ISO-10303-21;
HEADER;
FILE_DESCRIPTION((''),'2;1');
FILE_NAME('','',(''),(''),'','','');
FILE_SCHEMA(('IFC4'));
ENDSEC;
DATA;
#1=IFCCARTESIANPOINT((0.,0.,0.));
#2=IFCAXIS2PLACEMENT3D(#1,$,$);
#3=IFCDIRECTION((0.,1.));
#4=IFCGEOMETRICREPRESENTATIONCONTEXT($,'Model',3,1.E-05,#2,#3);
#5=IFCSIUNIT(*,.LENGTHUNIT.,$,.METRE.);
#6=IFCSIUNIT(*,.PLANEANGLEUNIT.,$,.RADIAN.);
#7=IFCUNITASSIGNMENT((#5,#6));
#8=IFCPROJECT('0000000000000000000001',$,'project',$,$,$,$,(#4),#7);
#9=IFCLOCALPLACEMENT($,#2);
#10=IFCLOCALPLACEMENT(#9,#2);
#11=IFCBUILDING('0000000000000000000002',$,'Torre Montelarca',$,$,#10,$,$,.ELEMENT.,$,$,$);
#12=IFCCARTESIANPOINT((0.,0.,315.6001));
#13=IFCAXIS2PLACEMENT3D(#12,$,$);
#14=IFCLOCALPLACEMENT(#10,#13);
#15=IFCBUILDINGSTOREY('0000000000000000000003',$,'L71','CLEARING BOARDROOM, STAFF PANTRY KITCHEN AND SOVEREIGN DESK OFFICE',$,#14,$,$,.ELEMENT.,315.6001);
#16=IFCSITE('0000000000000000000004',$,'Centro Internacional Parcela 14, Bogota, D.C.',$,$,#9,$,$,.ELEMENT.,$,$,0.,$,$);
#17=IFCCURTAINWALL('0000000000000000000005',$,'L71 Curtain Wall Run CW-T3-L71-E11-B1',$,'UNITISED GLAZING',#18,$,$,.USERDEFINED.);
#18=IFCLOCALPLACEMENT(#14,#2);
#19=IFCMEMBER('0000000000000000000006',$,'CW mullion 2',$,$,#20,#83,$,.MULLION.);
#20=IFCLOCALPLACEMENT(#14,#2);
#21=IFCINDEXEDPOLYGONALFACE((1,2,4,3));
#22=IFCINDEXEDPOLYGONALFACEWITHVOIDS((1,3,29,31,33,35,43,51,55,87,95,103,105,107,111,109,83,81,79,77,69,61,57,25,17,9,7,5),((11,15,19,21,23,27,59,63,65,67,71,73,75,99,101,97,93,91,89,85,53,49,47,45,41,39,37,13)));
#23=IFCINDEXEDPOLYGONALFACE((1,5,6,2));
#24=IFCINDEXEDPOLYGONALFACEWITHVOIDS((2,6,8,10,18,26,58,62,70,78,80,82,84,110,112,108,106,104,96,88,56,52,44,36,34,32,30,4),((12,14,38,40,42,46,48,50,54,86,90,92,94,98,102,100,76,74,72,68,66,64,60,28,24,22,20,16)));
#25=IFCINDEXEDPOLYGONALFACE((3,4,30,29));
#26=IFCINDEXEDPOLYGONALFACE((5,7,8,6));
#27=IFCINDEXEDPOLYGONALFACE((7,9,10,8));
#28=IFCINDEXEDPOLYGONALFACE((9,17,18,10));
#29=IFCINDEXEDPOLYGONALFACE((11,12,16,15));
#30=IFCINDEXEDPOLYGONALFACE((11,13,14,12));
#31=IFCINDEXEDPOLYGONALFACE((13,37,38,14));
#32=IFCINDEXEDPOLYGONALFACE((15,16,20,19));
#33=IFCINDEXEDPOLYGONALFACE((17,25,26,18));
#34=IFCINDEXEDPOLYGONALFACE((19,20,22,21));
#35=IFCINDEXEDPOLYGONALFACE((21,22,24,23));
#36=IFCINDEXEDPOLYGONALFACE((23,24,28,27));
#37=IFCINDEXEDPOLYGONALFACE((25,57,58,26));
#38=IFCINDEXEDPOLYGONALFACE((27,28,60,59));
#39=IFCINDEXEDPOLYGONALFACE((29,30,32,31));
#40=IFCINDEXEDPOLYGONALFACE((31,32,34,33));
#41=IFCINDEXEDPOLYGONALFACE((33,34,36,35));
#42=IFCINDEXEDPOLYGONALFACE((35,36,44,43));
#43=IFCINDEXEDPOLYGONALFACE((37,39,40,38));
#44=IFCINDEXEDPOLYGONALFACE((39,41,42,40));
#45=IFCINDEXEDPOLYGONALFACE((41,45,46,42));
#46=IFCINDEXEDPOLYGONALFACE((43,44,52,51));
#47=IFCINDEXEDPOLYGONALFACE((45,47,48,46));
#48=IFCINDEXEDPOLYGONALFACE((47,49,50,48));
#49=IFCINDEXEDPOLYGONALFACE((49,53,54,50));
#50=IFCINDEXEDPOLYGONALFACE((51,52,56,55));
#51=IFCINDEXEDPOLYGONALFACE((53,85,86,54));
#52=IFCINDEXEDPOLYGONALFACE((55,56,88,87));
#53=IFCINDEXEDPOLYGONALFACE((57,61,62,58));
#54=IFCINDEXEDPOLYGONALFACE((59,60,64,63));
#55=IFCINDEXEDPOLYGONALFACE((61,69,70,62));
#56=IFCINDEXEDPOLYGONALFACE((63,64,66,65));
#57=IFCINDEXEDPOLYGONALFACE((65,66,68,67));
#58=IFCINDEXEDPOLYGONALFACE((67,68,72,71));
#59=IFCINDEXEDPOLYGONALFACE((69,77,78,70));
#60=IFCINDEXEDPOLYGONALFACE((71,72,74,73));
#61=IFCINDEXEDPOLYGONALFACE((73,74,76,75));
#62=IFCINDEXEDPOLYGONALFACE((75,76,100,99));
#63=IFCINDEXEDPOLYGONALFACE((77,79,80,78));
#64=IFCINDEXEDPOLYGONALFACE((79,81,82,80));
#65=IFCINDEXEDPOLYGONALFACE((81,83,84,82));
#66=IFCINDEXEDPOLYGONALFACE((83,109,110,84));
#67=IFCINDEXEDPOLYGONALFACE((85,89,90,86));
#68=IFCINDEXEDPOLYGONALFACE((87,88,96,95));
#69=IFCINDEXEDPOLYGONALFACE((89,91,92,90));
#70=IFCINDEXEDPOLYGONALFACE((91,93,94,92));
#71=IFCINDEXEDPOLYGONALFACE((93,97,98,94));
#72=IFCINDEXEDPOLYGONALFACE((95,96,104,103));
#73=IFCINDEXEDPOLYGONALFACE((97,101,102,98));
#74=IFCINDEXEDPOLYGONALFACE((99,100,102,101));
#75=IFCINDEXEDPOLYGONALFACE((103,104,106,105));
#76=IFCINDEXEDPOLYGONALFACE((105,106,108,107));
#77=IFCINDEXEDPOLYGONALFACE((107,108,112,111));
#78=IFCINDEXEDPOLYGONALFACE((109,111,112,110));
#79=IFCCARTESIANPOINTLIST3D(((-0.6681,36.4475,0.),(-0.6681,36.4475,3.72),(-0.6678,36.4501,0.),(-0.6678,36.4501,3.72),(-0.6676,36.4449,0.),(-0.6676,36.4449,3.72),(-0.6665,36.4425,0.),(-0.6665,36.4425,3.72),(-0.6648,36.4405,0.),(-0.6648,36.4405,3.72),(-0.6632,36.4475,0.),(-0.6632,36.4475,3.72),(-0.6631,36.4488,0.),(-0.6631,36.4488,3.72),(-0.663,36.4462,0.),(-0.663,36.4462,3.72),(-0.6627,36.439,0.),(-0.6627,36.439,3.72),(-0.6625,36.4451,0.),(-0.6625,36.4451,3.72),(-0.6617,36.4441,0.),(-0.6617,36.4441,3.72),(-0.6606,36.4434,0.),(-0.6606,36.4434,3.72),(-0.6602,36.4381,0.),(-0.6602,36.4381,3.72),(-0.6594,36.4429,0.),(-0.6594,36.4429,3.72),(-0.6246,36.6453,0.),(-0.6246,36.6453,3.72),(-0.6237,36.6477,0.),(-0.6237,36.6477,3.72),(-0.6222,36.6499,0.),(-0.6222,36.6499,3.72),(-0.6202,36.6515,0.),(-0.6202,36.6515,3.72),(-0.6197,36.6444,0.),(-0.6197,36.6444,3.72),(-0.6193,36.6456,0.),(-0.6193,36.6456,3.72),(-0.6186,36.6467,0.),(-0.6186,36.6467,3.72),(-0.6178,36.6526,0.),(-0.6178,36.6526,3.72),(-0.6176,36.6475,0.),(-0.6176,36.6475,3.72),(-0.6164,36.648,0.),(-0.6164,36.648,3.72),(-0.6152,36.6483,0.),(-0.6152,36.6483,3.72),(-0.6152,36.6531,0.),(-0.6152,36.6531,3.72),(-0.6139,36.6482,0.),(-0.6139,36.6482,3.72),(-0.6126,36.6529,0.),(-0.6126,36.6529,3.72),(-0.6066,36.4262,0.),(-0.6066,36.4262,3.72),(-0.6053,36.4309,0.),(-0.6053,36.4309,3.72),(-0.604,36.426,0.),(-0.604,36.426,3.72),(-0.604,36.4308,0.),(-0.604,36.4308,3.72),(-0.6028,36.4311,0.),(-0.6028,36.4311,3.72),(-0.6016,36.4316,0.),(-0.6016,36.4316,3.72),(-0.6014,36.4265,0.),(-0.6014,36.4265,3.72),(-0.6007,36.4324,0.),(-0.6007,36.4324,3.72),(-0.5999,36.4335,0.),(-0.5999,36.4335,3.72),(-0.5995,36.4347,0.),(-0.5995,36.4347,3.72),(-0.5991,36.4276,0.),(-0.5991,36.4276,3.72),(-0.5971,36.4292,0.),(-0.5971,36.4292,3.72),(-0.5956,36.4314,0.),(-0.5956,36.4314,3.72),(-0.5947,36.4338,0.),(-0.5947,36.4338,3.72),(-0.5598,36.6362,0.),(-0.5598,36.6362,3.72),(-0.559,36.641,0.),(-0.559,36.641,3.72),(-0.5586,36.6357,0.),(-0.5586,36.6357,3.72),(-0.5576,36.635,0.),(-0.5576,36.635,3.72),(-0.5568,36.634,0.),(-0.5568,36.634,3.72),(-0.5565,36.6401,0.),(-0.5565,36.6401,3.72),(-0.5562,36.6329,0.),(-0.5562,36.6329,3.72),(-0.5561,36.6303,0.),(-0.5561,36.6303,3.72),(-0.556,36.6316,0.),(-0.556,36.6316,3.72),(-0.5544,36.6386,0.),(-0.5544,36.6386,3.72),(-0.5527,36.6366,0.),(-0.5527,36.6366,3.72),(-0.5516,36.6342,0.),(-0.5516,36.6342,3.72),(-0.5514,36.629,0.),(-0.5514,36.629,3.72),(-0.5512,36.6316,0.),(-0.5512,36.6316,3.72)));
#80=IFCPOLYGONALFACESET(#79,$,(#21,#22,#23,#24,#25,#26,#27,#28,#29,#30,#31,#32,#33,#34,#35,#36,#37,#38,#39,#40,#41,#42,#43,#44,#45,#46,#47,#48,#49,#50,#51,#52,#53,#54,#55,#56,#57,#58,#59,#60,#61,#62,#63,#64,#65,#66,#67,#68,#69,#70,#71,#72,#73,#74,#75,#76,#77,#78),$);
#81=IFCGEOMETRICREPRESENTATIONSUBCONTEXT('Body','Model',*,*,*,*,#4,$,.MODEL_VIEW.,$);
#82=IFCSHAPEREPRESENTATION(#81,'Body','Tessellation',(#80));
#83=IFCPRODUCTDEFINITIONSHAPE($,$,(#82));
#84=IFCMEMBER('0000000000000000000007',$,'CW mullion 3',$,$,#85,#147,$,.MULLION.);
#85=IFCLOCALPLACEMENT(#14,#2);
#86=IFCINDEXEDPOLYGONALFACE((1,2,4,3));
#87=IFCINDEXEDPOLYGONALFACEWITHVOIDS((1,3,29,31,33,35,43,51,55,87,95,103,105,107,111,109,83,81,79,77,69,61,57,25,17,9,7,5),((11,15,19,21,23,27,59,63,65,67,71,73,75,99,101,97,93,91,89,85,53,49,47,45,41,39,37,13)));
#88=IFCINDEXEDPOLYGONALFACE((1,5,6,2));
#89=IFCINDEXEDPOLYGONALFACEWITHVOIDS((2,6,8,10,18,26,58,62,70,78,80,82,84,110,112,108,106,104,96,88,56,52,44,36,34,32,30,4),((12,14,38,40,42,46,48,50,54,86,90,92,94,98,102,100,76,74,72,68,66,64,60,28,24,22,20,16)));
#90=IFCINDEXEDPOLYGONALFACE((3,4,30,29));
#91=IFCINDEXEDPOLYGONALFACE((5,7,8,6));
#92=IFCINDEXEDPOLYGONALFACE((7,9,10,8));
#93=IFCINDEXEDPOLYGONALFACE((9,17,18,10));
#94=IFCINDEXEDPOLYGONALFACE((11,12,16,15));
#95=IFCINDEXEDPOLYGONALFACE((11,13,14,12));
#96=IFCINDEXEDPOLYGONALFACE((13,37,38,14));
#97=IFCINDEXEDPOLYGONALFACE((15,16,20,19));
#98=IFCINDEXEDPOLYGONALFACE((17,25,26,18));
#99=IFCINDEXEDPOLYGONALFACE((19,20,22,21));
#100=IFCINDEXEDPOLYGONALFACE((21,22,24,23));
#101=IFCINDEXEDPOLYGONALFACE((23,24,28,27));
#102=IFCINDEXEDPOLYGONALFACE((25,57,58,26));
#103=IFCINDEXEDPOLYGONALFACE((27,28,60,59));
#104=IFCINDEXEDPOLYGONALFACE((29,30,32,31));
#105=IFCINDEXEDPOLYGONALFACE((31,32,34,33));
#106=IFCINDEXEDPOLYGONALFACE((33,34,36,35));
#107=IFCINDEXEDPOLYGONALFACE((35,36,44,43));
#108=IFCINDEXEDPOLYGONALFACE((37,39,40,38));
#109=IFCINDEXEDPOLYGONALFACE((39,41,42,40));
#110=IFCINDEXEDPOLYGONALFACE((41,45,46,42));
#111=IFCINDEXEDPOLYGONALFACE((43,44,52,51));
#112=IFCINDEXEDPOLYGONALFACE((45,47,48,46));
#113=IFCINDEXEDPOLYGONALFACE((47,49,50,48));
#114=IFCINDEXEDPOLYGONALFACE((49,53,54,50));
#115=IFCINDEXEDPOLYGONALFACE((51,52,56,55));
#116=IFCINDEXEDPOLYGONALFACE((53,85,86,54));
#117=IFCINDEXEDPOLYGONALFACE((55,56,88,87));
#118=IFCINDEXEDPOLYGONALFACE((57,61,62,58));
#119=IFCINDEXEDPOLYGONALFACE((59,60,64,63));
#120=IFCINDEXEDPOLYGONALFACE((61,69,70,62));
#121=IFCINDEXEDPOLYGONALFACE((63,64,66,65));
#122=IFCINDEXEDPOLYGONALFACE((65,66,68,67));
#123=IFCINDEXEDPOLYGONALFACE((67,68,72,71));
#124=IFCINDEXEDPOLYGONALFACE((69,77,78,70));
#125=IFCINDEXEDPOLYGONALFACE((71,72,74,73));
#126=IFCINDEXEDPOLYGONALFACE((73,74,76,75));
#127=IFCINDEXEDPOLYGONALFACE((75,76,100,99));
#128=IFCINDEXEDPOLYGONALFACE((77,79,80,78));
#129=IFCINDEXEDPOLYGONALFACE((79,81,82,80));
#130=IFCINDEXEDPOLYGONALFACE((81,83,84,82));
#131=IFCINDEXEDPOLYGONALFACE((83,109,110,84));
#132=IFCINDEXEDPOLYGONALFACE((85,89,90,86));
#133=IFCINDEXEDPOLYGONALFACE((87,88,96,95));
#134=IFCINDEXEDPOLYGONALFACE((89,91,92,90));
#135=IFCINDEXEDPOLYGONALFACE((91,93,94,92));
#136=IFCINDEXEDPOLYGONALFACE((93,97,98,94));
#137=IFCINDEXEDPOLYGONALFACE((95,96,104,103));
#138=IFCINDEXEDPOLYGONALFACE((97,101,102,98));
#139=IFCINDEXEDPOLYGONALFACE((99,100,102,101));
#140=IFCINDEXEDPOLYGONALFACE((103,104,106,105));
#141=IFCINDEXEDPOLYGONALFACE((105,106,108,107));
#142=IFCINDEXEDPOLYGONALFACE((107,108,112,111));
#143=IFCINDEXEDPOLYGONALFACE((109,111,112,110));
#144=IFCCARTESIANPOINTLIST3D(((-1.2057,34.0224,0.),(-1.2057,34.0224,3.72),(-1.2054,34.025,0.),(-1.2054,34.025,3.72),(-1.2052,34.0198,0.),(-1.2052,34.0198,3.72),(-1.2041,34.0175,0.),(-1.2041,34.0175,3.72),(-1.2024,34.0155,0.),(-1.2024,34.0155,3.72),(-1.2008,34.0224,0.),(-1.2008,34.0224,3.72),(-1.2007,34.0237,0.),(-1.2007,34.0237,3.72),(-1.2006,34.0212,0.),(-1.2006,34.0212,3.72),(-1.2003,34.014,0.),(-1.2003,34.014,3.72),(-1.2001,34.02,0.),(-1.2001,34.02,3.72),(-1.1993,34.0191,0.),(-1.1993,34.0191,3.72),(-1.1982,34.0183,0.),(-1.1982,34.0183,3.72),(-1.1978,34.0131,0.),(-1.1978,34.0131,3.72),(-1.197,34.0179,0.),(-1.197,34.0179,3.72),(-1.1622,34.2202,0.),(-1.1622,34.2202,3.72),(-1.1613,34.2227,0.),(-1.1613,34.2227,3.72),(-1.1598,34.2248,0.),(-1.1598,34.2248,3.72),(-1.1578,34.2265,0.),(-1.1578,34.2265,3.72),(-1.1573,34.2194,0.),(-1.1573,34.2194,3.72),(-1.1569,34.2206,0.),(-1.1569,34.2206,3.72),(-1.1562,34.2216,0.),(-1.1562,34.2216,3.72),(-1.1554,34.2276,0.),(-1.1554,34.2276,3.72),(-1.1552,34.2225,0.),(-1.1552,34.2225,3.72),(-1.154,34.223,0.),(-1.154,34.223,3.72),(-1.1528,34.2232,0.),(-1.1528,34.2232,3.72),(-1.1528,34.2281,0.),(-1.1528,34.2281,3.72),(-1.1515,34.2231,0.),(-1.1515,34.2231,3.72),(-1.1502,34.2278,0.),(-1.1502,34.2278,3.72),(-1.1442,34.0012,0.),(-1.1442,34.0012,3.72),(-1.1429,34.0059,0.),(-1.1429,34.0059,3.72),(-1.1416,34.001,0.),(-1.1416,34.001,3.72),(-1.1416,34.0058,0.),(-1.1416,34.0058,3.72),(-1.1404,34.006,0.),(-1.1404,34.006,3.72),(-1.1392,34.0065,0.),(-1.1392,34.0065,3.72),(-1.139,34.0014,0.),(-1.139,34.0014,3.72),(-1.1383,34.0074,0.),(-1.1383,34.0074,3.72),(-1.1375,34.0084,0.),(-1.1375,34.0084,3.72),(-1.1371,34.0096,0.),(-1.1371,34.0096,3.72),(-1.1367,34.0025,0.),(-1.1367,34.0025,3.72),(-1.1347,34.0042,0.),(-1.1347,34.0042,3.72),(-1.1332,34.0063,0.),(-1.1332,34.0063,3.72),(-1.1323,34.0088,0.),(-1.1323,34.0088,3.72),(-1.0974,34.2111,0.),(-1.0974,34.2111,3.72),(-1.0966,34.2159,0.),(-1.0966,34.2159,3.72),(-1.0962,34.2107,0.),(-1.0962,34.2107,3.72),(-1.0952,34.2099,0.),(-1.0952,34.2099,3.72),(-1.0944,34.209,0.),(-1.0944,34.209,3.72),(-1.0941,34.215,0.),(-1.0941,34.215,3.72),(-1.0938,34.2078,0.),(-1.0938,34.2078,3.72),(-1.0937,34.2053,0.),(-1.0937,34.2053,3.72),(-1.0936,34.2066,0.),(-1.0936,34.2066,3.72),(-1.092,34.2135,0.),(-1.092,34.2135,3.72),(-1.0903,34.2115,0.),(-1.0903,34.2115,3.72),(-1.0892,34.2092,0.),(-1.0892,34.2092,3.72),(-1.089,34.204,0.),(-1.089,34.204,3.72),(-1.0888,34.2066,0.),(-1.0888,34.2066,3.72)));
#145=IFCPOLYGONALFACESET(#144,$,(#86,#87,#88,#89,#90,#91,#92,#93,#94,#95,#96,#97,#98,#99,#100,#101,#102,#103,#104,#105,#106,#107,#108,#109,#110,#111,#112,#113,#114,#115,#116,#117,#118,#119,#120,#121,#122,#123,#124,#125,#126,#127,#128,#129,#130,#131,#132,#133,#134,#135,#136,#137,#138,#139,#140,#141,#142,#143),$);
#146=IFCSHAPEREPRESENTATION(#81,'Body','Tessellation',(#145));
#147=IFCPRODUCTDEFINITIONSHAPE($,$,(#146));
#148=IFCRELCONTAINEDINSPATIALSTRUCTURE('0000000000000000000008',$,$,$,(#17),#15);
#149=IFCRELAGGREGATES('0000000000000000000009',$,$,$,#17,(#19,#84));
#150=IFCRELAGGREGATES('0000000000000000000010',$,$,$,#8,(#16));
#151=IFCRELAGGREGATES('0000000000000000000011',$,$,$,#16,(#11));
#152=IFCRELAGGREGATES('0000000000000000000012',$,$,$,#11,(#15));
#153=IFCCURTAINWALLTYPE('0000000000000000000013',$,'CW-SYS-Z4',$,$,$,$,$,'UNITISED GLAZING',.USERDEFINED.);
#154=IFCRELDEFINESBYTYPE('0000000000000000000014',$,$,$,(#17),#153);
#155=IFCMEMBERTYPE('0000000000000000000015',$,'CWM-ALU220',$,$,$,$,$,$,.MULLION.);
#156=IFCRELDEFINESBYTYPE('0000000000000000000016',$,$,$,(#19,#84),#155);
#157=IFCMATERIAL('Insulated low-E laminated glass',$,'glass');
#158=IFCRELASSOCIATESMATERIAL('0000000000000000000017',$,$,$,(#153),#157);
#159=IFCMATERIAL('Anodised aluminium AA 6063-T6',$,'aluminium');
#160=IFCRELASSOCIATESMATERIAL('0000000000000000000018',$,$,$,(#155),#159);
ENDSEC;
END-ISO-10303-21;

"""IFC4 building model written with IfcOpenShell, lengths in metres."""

from ifc_helpers import new_model, si_unit, direction, frame, origin, origin_2d, place, context, subcontext, project, spatial, hollow_rectangle, extrude, source, transform, mapped, material, material_profile, profile_set, type_object, element, aggregate, save


model = new_model("IFC4")

# Units and contexts
model_context = context("Model", 3, precision=1e-05, world=origin(), true_north=direction((0.0, 1.0)))
body_context = subcontext(model_context, "Body", "Model", "MODEL_VIEW")
ifc_project = project(units=[si_unit("LENGTHUNIT", "METRE"), si_unit("PLANEANGLEUNIT", "RADIAN")], contexts=[model_context])

# Site, building, storey
site_placement = place(None, origin())
site = spatial("IfcSite", under=ifc_project, at=site_placement, Name="Centro Internacional Parcela 14, Bogota, D.C.", CompositionType="ELEMENT", RefElevation=0.0)
building_placement = place(site_placement, origin())
building = spatial("IfcBuilding", under=site, at=building_placement, Name="Torre Montelarca", CompositionType="ELEMENT")
storey_placement = place(building_placement, frame((0.0, 0.0, 315.6001)))
storey = spatial("IfcBuildingStorey", under=building, at=storey_placement, Name="L71", Description="CLEARING BOARDROOM, STAFF PANTRY KITCHEN AND SOVEREIGN DESK OFFICE", CompositionType="ELEMENT", Elevation=315.6001)

# Curtain wall, members
ifc_material_1 = material(Name="Insulated low-E laminated glass", Category="glass")
curtain_wall_type = type_object("IfcCurtainWallType", Name="CW-SYS-Z4", ElementType="UNITISED GLAZING", PredefinedType="USERDEFINED", material=ifc_material_1)
ifc_material_2 = material(Name="Anodised aluminium AA 6063-T6", Category="aluminium")
ifc_material_profile_1 = material_profile(ifc_material_2, hollow_rectangle(XDim=0.075, YDim=0.22, WallThickness=0.0049, InnerFilletRadius=0.0049, OuterFilletRadius=0.01, at=origin_2d()), Name="ALU75X220X5", Category="aluminium")
ifc_profile_set_1 = profile_set([ifc_material_profile_1], Name="Anodised aluminium AA 6063-T6")
member_type_1 = type_object("IfcMemberType", Name="CWM-ALU220", PredefinedType="MULLION", material=ifc_profile_set_1)
shared_shape_1 = source(origin(), body_context, "Body", "SweptSolid", [
    extrude(hollow_rectangle(XDim=0.075, YDim=0.22, WallThickness=0.0049, InnerFilletRadius=0.0049, OuterFilletRadius=0.01, at=origin_2d()), origin(), (0.0, 0.0, 1.0), 3.72),
])
curtain_wall_1_placement = place(storey_placement, origin())
curtain_wall_1 = element("IfcCurtainWall", 1, at=curtain_wall_1_placement, inside=storey, type_object=curtain_wall_type, Name="L71 Curtain Wall Run CW-T3-L71-E11-B1", ObjectType="UNITISED GLAZING", PredefinedType="USERDEFINED")
member_1_placement = place(storey_placement, frame((-0.6096, 36.5396, 0.0), z_axis=(0.0, 0.0, 1.0), x_axis=(0.976291, -0.216462, 0.0)))
member_1 = element("IfcMember", 2, at=member_1_placement, type_object=member_type_1, Name="CW mullion 2", PredefinedType="MULLION", context=body_context, shape_type="MappedRepresentation", body=[
    mapped(shared_shape_1, transform((0.0, 0.0, 0.0), scale=1.0)),
])
member_2_placement = place(storey_placement, frame((-1.1472, 34.1145, 0.0), z_axis=(0.0, 0.0, 1.0), x_axis=(0.976291, -0.216462, 0.0)))
member_2 = element("IfcMember", 3, at=member_2_placement, type_object=member_type_1, Name="CW mullion 3", PredefinedType="MULLION", context=body_context, shape_type="MappedRepresentation", body=[
    mapped(shared_shape_1, transform((0.0, 0.0, 0.0), scale=1.0)),
])

aggregate(curtain_wall_1, [member_1, member_2])

save(model, "model.ifc")
